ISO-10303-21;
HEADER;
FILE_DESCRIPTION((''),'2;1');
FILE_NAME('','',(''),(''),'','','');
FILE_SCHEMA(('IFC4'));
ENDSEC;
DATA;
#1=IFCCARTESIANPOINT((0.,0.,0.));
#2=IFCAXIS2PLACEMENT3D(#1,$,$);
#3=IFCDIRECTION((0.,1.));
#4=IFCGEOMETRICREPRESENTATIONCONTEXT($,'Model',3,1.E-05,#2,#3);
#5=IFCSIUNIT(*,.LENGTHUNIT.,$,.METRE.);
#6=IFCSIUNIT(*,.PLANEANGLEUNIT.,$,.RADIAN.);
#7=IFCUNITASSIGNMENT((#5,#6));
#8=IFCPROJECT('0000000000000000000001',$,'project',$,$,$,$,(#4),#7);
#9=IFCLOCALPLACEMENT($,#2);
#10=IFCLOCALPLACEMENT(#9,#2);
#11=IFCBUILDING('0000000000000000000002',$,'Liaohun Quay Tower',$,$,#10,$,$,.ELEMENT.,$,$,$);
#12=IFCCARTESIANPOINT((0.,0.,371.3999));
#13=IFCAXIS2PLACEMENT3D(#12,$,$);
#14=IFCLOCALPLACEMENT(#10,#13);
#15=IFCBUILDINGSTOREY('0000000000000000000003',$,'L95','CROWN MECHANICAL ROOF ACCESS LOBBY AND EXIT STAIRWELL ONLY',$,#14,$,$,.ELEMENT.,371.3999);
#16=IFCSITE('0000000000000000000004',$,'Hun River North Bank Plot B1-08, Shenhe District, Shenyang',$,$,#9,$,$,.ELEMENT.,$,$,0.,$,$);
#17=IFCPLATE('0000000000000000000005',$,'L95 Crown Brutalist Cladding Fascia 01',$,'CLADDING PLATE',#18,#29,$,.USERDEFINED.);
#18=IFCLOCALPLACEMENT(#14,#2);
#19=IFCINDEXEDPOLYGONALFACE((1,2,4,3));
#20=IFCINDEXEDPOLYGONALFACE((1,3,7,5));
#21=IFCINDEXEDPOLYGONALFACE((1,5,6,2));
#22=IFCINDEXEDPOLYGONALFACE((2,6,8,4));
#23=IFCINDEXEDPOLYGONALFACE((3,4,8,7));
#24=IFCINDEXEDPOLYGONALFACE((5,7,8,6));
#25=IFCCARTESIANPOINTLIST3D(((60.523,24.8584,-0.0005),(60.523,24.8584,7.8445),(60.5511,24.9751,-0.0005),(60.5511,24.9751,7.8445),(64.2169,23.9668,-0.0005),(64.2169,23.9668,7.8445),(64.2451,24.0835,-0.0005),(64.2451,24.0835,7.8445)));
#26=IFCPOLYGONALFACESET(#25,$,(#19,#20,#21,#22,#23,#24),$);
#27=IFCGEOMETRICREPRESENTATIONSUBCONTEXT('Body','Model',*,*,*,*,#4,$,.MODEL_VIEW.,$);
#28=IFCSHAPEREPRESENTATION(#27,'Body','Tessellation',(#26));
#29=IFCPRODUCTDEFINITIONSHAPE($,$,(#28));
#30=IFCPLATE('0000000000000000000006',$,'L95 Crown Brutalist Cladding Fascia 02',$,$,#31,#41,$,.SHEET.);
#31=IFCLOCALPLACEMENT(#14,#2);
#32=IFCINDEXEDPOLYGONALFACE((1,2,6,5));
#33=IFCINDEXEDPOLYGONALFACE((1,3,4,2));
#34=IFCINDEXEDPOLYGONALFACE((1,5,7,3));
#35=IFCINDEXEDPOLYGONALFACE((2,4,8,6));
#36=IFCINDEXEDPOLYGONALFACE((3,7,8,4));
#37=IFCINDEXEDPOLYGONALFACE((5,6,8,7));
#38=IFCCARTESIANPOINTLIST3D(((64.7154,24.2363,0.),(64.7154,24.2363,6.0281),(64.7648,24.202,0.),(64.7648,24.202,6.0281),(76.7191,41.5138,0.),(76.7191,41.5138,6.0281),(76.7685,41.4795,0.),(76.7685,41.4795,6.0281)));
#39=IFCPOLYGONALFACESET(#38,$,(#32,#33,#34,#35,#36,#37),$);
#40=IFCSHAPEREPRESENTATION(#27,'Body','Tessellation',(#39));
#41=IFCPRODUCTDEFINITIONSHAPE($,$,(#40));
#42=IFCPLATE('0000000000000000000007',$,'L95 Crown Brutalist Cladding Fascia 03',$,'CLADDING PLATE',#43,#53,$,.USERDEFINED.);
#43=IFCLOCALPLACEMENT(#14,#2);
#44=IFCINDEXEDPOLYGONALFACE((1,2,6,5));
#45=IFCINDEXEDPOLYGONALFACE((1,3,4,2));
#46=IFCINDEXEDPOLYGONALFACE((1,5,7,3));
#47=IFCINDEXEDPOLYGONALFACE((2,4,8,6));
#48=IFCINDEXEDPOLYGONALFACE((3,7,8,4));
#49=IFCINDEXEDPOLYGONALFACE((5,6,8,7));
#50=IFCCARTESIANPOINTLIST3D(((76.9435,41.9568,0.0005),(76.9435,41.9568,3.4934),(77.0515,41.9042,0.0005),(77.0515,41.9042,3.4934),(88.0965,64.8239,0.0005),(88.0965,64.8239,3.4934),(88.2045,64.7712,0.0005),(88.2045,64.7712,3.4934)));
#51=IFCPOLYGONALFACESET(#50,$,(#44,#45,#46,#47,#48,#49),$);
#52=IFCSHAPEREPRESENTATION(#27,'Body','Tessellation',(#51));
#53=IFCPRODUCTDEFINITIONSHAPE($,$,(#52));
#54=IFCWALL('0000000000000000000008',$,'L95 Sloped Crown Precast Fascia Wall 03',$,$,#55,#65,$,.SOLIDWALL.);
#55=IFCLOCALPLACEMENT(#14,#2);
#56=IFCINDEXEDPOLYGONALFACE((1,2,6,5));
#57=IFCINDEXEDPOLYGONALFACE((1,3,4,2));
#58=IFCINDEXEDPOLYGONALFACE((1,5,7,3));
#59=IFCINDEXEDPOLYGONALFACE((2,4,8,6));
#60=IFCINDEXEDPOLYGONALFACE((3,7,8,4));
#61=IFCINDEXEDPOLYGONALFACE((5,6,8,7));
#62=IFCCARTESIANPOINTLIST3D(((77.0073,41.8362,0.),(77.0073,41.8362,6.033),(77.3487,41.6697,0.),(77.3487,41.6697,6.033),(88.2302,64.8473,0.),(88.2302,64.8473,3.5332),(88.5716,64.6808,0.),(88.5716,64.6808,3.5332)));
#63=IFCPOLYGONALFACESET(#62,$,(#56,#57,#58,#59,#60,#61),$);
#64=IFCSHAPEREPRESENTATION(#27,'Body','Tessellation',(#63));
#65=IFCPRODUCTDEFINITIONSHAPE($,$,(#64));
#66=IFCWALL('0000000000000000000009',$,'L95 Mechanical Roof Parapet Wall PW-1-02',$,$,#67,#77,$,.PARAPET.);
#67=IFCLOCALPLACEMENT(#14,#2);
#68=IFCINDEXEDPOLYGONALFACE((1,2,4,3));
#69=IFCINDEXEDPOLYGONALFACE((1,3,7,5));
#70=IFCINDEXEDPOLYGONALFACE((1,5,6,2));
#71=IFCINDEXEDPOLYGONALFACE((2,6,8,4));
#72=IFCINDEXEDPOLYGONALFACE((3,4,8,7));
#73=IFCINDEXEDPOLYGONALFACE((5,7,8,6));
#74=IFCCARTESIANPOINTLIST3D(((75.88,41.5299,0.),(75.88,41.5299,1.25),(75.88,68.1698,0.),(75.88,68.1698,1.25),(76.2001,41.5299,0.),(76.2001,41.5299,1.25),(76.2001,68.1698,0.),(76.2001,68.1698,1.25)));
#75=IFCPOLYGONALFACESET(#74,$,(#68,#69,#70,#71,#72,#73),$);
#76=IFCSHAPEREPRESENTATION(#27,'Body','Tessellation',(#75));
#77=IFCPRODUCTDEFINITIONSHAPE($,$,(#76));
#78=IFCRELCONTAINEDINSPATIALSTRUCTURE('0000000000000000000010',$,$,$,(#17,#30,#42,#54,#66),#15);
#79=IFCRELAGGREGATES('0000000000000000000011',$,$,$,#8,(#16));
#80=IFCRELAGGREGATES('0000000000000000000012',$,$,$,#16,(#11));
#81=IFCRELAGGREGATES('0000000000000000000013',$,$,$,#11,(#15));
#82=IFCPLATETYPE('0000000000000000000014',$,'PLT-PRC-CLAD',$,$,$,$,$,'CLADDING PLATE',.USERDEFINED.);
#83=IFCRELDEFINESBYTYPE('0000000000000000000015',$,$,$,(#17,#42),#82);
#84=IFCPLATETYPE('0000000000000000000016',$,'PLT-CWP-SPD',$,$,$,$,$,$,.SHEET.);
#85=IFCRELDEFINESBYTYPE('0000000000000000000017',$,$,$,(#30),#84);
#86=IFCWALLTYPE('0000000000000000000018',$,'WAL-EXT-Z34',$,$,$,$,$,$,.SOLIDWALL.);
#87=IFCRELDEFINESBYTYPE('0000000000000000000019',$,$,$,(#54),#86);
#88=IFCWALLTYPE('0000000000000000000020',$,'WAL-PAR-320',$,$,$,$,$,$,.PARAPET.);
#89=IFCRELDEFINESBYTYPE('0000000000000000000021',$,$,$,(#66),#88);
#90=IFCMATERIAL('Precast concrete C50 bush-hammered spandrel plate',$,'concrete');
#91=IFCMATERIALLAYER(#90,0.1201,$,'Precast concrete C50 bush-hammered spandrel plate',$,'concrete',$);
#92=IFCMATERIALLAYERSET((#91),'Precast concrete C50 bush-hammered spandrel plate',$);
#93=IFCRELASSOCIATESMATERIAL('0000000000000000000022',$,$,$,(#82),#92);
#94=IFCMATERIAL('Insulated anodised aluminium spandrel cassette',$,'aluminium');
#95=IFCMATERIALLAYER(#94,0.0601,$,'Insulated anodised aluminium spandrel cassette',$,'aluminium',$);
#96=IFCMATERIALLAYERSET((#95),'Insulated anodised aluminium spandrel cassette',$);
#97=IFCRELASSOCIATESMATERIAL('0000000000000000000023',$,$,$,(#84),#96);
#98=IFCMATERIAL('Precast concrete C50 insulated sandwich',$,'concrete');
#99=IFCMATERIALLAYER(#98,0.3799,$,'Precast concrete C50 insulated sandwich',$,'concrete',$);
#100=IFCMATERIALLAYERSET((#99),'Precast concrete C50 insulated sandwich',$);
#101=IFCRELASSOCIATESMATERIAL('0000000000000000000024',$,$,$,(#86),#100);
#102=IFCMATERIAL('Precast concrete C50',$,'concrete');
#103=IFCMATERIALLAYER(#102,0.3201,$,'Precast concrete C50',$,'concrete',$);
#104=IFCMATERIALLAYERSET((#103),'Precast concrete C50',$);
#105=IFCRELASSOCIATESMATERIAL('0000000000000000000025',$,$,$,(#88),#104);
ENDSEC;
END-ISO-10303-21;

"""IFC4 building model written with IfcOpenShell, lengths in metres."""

from ifc_helpers import new_model, si_unit, direction, frame, frame_2d, origin, origin_2d, place, context, subcontext, project, spatial, polyline, rectangle, outline, extrude, source, transform, mapped, material, layer, layer_set, type_object, element, save


model = new_model("IFC4")

# Units and contexts
model_context = context("Model", 3, precision=1e-05, world=origin(), true_north=direction((0.0, 1.0)))
body_context = subcontext(model_context, "Body", "Model", "MODEL_VIEW")
ifc_project = project(units=[si_unit("LENGTHUNIT", "METRE"), si_unit("PLANEANGLEUNIT", "RADIAN")], contexts=[model_context])

# Site, building, storey
site_placement = place(None, origin())
site = spatial("IfcSite", under=ifc_project, at=site_placement, Name="Hun River North Bank Plot B1-08, Shenhe District, Shenyang", CompositionType="ELEMENT", RefElevation=0.0)
building_placement = place(site_placement, origin())
building = spatial("IfcBuilding", under=site, at=building_placement, Name="Liaohun Quay Tower", CompositionType="ELEMENT")
storey_placement = place(building_placement, frame((0.0, 0.0, 371.3999)))
storey = spatial("IfcBuildingStorey", under=building, at=storey_placement, Name="L95", Description="CROWN MECHANICAL ROOF ACCESS LOBBY AND EXIT STAIRWELL ONLY", CompositionType="ELEMENT", Elevation=371.3999)

# Plates
ifc_material_1 = material(Name="Precast concrete C50 bush-hammered spandrel plate", Category="concrete")
ifc_layer_1 = layer(ifc_material_1, 0.1201, Name="Precast concrete C50 bush-hammered spandrel plate", Category="concrete")
ifc_layer_set_1 = layer_set([ifc_layer_1], Name="Precast concrete C50 bush-hammered spandrel plate")
plate_type_1 = type_object("IfcPlateType", Name="PLT-PRC-CLAD", ElementType="CLADDING PLATE", PredefinedType="USERDEFINED", material=ifc_layer_set_1)
shared_shape_1 = source(origin(), body_context, "Body", "SweptSolid", [
    extrude(rectangle(XDim=3.8, YDim=0.1201, at=origin_2d()), origin(), (0.0, 0.0, 1.0), 7.845),
])
plate_1_placement = place(storey_placement, frame((62.384, 24.4709, -0.0005), z_axis=(0.0, 0.0, 1.0), x_axis=(0.972084, -0.234633, 0.0)))
element("IfcPlate", 1, at=plate_1_placement, inside=storey, type_object=plate_type_1, Name="L95 Crown Brutalist Cladding Fascia 01", ObjectType="CLADDING PLATE", PredefinedType="USERDEFINED", context=body_context, shape_type="MappedRepresentation", body=[
    mapped(shared_shape_1, transform((0.0, 0.0, 0.0), x_axis=(1.0, 0.0, 0.0), y_axis=(0.0, 1.0, 0.0), z_axis=(0.0, 0.0, 1.0), scale=1.0)),
])
ifc_material_2 = material(Name="Insulated anodised aluminium spandrel cassette", Category="aluminium")
ifc_layer_2 = layer(ifc_material_2, 0.0601, Name="Insulated anodised aluminium spandrel cassette", Category="aluminium")
ifc_layer_set_2 = layer_set([ifc_layer_2], Name="Insulated anodised aluminium spandrel cassette")
plate_type_2 = type_object("IfcPlateType", Name="PLT-CWP-SPD", PredefinedType="SHEET", material=ifc_layer_set_2)
shared_shape_2 = source(origin(), body_context, "Body", "SweptSolid", [
    extrude(rectangle(XDim=21.0381, YDim=0.0601, at=origin_2d()), origin(), (0.0, 0.0, 1.0), 6.0281),
])
plate_2_placement = place(storey_placement, frame((70.7419, 32.8579, 0.0), z_axis=(0.0, 0.0, 1.0), x_axis=(0.57057, 0.821249, 0.0)))
element("IfcPlate", 2, at=plate_2_placement, inside=storey, type_object=plate_type_2, Name="L95 Crown Brutalist Cladding Fascia 02", PredefinedType="SHEET", context=body_context, shape_type="MappedRepresentation", body=[
    mapped(shared_shape_2, transform((0.0, 0.0, 0.0), x_axis=(1.0, 0.0, 0.0), y_axis=(0.0, 1.0, 0.0), z_axis=(0.0, 0.0, 1.0), scale=1.0)),
])
shared_shape_3 = source(origin(), body_context, "Body", "SweptSolid", [
    extrude(rectangle(XDim=25.4419, YDim=0.1201, at=origin_2d()), origin(), (0.0, 0.0, 1.0), 3.4929),
])
plate_3_placement = place(storey_placement, frame((82.574, 53.364, 0.0005), z_axis=(0.0, 0.0, 1.0), x_axis=(0.438371, 0.898794, 0.0)))
element("IfcPlate", 3, at=plate_3_placement, inside=storey, type_object=plate_type_1, Name="L95 Crown Brutalist Cladding Fascia 03", ObjectType="CLADDING PLATE", PredefinedType="USERDEFINED", context=body_context, shape_type="MappedRepresentation", body=[
    mapped(shared_shape_3, transform((0.0, 0.0, 0.0), x_axis=(1.0, 0.0, 0.0), y_axis=(0.0, 1.0, 0.0), z_axis=(0.0, 0.0, 1.0), scale=1.0)),
])

# Walls
ifc_material_3 = material(Name="Precast concrete C50 insulated sandwich", Category="concrete")
ifc_layer_3 = layer(ifc_material_3, 0.3799, Name="Precast concrete C50 insulated sandwich", Category="concrete")
ifc_layer_set_3 = layer_set([ifc_layer_3], Name="Precast concrete C50 insulated sandwich")
wall_type_1 = type_object("IfcWallType", Name="WAL-EXT-Z34", PredefinedType="SOLIDWALL", material=ifc_layer_set_3)
wall_1_placement = place(storey_placement, frame((77.178, 41.7529, 0.0), z_axis=(0.0, 0.0, 1.0), x_axis=(0.438361, 0.898799, 0.0)))
element("IfcWall", 4, at=wall_1_placement, inside=storey, type_object=wall_type_1, Name="L95 Sloped Crown Precast Fascia Wall 03", PredefinedType="SOLIDWALL", context=body_context, shape_type="SweptSolid", body=[
    extrude(outline(polyline([(0.0, 0.0), (25.6021, 0.0), (25.6021, 3.5332), (0.0, 6.033), (0.0, 0.0)])), frame((0.0, 0.1899, 0.0), z_axis=(0.0, -1.0, 0.0), x_axis=(1.0, 0.0, 0.0)), (0.0, 0.0, 1.0), 0.3799),
])
ifc_material_4 = material(Name="Precast concrete C50", Category="concrete")
ifc_layer_4 = layer(ifc_material_4, 0.3201, Name="Precast concrete C50", Category="concrete")
ifc_layer_set_4 = layer_set([ifc_layer_4], Name="Precast concrete C50")
wall_type_2 = type_object("IfcWallType", Name="WAL-PAR-320", PredefinedType="PARAPET", material=ifc_layer_set_4)
wall_2_placement = place(storey_placement, frame((76.04, 41.53, 0.0), z_axis=(0.0, 0.0, 1.0), x_axis=(0.0, 1.0, 0.0)))
element("IfcWall", 5, at=wall_2_placement, inside=storey, type_object=wall_type_2, Name="L95 Mechanical Roof Parapet Wall PW-1-02", PredefinedType="PARAPET", context=body_context, shape_type="SweptSolid", body=[
    extrude(rectangle(XDim=26.6399, YDim=0.3201, at=frame_2d((13.3198, 0.0))), origin(), (0.0, 0.0, 1.0), 1.25),
])

save(model, "model.ifc")
